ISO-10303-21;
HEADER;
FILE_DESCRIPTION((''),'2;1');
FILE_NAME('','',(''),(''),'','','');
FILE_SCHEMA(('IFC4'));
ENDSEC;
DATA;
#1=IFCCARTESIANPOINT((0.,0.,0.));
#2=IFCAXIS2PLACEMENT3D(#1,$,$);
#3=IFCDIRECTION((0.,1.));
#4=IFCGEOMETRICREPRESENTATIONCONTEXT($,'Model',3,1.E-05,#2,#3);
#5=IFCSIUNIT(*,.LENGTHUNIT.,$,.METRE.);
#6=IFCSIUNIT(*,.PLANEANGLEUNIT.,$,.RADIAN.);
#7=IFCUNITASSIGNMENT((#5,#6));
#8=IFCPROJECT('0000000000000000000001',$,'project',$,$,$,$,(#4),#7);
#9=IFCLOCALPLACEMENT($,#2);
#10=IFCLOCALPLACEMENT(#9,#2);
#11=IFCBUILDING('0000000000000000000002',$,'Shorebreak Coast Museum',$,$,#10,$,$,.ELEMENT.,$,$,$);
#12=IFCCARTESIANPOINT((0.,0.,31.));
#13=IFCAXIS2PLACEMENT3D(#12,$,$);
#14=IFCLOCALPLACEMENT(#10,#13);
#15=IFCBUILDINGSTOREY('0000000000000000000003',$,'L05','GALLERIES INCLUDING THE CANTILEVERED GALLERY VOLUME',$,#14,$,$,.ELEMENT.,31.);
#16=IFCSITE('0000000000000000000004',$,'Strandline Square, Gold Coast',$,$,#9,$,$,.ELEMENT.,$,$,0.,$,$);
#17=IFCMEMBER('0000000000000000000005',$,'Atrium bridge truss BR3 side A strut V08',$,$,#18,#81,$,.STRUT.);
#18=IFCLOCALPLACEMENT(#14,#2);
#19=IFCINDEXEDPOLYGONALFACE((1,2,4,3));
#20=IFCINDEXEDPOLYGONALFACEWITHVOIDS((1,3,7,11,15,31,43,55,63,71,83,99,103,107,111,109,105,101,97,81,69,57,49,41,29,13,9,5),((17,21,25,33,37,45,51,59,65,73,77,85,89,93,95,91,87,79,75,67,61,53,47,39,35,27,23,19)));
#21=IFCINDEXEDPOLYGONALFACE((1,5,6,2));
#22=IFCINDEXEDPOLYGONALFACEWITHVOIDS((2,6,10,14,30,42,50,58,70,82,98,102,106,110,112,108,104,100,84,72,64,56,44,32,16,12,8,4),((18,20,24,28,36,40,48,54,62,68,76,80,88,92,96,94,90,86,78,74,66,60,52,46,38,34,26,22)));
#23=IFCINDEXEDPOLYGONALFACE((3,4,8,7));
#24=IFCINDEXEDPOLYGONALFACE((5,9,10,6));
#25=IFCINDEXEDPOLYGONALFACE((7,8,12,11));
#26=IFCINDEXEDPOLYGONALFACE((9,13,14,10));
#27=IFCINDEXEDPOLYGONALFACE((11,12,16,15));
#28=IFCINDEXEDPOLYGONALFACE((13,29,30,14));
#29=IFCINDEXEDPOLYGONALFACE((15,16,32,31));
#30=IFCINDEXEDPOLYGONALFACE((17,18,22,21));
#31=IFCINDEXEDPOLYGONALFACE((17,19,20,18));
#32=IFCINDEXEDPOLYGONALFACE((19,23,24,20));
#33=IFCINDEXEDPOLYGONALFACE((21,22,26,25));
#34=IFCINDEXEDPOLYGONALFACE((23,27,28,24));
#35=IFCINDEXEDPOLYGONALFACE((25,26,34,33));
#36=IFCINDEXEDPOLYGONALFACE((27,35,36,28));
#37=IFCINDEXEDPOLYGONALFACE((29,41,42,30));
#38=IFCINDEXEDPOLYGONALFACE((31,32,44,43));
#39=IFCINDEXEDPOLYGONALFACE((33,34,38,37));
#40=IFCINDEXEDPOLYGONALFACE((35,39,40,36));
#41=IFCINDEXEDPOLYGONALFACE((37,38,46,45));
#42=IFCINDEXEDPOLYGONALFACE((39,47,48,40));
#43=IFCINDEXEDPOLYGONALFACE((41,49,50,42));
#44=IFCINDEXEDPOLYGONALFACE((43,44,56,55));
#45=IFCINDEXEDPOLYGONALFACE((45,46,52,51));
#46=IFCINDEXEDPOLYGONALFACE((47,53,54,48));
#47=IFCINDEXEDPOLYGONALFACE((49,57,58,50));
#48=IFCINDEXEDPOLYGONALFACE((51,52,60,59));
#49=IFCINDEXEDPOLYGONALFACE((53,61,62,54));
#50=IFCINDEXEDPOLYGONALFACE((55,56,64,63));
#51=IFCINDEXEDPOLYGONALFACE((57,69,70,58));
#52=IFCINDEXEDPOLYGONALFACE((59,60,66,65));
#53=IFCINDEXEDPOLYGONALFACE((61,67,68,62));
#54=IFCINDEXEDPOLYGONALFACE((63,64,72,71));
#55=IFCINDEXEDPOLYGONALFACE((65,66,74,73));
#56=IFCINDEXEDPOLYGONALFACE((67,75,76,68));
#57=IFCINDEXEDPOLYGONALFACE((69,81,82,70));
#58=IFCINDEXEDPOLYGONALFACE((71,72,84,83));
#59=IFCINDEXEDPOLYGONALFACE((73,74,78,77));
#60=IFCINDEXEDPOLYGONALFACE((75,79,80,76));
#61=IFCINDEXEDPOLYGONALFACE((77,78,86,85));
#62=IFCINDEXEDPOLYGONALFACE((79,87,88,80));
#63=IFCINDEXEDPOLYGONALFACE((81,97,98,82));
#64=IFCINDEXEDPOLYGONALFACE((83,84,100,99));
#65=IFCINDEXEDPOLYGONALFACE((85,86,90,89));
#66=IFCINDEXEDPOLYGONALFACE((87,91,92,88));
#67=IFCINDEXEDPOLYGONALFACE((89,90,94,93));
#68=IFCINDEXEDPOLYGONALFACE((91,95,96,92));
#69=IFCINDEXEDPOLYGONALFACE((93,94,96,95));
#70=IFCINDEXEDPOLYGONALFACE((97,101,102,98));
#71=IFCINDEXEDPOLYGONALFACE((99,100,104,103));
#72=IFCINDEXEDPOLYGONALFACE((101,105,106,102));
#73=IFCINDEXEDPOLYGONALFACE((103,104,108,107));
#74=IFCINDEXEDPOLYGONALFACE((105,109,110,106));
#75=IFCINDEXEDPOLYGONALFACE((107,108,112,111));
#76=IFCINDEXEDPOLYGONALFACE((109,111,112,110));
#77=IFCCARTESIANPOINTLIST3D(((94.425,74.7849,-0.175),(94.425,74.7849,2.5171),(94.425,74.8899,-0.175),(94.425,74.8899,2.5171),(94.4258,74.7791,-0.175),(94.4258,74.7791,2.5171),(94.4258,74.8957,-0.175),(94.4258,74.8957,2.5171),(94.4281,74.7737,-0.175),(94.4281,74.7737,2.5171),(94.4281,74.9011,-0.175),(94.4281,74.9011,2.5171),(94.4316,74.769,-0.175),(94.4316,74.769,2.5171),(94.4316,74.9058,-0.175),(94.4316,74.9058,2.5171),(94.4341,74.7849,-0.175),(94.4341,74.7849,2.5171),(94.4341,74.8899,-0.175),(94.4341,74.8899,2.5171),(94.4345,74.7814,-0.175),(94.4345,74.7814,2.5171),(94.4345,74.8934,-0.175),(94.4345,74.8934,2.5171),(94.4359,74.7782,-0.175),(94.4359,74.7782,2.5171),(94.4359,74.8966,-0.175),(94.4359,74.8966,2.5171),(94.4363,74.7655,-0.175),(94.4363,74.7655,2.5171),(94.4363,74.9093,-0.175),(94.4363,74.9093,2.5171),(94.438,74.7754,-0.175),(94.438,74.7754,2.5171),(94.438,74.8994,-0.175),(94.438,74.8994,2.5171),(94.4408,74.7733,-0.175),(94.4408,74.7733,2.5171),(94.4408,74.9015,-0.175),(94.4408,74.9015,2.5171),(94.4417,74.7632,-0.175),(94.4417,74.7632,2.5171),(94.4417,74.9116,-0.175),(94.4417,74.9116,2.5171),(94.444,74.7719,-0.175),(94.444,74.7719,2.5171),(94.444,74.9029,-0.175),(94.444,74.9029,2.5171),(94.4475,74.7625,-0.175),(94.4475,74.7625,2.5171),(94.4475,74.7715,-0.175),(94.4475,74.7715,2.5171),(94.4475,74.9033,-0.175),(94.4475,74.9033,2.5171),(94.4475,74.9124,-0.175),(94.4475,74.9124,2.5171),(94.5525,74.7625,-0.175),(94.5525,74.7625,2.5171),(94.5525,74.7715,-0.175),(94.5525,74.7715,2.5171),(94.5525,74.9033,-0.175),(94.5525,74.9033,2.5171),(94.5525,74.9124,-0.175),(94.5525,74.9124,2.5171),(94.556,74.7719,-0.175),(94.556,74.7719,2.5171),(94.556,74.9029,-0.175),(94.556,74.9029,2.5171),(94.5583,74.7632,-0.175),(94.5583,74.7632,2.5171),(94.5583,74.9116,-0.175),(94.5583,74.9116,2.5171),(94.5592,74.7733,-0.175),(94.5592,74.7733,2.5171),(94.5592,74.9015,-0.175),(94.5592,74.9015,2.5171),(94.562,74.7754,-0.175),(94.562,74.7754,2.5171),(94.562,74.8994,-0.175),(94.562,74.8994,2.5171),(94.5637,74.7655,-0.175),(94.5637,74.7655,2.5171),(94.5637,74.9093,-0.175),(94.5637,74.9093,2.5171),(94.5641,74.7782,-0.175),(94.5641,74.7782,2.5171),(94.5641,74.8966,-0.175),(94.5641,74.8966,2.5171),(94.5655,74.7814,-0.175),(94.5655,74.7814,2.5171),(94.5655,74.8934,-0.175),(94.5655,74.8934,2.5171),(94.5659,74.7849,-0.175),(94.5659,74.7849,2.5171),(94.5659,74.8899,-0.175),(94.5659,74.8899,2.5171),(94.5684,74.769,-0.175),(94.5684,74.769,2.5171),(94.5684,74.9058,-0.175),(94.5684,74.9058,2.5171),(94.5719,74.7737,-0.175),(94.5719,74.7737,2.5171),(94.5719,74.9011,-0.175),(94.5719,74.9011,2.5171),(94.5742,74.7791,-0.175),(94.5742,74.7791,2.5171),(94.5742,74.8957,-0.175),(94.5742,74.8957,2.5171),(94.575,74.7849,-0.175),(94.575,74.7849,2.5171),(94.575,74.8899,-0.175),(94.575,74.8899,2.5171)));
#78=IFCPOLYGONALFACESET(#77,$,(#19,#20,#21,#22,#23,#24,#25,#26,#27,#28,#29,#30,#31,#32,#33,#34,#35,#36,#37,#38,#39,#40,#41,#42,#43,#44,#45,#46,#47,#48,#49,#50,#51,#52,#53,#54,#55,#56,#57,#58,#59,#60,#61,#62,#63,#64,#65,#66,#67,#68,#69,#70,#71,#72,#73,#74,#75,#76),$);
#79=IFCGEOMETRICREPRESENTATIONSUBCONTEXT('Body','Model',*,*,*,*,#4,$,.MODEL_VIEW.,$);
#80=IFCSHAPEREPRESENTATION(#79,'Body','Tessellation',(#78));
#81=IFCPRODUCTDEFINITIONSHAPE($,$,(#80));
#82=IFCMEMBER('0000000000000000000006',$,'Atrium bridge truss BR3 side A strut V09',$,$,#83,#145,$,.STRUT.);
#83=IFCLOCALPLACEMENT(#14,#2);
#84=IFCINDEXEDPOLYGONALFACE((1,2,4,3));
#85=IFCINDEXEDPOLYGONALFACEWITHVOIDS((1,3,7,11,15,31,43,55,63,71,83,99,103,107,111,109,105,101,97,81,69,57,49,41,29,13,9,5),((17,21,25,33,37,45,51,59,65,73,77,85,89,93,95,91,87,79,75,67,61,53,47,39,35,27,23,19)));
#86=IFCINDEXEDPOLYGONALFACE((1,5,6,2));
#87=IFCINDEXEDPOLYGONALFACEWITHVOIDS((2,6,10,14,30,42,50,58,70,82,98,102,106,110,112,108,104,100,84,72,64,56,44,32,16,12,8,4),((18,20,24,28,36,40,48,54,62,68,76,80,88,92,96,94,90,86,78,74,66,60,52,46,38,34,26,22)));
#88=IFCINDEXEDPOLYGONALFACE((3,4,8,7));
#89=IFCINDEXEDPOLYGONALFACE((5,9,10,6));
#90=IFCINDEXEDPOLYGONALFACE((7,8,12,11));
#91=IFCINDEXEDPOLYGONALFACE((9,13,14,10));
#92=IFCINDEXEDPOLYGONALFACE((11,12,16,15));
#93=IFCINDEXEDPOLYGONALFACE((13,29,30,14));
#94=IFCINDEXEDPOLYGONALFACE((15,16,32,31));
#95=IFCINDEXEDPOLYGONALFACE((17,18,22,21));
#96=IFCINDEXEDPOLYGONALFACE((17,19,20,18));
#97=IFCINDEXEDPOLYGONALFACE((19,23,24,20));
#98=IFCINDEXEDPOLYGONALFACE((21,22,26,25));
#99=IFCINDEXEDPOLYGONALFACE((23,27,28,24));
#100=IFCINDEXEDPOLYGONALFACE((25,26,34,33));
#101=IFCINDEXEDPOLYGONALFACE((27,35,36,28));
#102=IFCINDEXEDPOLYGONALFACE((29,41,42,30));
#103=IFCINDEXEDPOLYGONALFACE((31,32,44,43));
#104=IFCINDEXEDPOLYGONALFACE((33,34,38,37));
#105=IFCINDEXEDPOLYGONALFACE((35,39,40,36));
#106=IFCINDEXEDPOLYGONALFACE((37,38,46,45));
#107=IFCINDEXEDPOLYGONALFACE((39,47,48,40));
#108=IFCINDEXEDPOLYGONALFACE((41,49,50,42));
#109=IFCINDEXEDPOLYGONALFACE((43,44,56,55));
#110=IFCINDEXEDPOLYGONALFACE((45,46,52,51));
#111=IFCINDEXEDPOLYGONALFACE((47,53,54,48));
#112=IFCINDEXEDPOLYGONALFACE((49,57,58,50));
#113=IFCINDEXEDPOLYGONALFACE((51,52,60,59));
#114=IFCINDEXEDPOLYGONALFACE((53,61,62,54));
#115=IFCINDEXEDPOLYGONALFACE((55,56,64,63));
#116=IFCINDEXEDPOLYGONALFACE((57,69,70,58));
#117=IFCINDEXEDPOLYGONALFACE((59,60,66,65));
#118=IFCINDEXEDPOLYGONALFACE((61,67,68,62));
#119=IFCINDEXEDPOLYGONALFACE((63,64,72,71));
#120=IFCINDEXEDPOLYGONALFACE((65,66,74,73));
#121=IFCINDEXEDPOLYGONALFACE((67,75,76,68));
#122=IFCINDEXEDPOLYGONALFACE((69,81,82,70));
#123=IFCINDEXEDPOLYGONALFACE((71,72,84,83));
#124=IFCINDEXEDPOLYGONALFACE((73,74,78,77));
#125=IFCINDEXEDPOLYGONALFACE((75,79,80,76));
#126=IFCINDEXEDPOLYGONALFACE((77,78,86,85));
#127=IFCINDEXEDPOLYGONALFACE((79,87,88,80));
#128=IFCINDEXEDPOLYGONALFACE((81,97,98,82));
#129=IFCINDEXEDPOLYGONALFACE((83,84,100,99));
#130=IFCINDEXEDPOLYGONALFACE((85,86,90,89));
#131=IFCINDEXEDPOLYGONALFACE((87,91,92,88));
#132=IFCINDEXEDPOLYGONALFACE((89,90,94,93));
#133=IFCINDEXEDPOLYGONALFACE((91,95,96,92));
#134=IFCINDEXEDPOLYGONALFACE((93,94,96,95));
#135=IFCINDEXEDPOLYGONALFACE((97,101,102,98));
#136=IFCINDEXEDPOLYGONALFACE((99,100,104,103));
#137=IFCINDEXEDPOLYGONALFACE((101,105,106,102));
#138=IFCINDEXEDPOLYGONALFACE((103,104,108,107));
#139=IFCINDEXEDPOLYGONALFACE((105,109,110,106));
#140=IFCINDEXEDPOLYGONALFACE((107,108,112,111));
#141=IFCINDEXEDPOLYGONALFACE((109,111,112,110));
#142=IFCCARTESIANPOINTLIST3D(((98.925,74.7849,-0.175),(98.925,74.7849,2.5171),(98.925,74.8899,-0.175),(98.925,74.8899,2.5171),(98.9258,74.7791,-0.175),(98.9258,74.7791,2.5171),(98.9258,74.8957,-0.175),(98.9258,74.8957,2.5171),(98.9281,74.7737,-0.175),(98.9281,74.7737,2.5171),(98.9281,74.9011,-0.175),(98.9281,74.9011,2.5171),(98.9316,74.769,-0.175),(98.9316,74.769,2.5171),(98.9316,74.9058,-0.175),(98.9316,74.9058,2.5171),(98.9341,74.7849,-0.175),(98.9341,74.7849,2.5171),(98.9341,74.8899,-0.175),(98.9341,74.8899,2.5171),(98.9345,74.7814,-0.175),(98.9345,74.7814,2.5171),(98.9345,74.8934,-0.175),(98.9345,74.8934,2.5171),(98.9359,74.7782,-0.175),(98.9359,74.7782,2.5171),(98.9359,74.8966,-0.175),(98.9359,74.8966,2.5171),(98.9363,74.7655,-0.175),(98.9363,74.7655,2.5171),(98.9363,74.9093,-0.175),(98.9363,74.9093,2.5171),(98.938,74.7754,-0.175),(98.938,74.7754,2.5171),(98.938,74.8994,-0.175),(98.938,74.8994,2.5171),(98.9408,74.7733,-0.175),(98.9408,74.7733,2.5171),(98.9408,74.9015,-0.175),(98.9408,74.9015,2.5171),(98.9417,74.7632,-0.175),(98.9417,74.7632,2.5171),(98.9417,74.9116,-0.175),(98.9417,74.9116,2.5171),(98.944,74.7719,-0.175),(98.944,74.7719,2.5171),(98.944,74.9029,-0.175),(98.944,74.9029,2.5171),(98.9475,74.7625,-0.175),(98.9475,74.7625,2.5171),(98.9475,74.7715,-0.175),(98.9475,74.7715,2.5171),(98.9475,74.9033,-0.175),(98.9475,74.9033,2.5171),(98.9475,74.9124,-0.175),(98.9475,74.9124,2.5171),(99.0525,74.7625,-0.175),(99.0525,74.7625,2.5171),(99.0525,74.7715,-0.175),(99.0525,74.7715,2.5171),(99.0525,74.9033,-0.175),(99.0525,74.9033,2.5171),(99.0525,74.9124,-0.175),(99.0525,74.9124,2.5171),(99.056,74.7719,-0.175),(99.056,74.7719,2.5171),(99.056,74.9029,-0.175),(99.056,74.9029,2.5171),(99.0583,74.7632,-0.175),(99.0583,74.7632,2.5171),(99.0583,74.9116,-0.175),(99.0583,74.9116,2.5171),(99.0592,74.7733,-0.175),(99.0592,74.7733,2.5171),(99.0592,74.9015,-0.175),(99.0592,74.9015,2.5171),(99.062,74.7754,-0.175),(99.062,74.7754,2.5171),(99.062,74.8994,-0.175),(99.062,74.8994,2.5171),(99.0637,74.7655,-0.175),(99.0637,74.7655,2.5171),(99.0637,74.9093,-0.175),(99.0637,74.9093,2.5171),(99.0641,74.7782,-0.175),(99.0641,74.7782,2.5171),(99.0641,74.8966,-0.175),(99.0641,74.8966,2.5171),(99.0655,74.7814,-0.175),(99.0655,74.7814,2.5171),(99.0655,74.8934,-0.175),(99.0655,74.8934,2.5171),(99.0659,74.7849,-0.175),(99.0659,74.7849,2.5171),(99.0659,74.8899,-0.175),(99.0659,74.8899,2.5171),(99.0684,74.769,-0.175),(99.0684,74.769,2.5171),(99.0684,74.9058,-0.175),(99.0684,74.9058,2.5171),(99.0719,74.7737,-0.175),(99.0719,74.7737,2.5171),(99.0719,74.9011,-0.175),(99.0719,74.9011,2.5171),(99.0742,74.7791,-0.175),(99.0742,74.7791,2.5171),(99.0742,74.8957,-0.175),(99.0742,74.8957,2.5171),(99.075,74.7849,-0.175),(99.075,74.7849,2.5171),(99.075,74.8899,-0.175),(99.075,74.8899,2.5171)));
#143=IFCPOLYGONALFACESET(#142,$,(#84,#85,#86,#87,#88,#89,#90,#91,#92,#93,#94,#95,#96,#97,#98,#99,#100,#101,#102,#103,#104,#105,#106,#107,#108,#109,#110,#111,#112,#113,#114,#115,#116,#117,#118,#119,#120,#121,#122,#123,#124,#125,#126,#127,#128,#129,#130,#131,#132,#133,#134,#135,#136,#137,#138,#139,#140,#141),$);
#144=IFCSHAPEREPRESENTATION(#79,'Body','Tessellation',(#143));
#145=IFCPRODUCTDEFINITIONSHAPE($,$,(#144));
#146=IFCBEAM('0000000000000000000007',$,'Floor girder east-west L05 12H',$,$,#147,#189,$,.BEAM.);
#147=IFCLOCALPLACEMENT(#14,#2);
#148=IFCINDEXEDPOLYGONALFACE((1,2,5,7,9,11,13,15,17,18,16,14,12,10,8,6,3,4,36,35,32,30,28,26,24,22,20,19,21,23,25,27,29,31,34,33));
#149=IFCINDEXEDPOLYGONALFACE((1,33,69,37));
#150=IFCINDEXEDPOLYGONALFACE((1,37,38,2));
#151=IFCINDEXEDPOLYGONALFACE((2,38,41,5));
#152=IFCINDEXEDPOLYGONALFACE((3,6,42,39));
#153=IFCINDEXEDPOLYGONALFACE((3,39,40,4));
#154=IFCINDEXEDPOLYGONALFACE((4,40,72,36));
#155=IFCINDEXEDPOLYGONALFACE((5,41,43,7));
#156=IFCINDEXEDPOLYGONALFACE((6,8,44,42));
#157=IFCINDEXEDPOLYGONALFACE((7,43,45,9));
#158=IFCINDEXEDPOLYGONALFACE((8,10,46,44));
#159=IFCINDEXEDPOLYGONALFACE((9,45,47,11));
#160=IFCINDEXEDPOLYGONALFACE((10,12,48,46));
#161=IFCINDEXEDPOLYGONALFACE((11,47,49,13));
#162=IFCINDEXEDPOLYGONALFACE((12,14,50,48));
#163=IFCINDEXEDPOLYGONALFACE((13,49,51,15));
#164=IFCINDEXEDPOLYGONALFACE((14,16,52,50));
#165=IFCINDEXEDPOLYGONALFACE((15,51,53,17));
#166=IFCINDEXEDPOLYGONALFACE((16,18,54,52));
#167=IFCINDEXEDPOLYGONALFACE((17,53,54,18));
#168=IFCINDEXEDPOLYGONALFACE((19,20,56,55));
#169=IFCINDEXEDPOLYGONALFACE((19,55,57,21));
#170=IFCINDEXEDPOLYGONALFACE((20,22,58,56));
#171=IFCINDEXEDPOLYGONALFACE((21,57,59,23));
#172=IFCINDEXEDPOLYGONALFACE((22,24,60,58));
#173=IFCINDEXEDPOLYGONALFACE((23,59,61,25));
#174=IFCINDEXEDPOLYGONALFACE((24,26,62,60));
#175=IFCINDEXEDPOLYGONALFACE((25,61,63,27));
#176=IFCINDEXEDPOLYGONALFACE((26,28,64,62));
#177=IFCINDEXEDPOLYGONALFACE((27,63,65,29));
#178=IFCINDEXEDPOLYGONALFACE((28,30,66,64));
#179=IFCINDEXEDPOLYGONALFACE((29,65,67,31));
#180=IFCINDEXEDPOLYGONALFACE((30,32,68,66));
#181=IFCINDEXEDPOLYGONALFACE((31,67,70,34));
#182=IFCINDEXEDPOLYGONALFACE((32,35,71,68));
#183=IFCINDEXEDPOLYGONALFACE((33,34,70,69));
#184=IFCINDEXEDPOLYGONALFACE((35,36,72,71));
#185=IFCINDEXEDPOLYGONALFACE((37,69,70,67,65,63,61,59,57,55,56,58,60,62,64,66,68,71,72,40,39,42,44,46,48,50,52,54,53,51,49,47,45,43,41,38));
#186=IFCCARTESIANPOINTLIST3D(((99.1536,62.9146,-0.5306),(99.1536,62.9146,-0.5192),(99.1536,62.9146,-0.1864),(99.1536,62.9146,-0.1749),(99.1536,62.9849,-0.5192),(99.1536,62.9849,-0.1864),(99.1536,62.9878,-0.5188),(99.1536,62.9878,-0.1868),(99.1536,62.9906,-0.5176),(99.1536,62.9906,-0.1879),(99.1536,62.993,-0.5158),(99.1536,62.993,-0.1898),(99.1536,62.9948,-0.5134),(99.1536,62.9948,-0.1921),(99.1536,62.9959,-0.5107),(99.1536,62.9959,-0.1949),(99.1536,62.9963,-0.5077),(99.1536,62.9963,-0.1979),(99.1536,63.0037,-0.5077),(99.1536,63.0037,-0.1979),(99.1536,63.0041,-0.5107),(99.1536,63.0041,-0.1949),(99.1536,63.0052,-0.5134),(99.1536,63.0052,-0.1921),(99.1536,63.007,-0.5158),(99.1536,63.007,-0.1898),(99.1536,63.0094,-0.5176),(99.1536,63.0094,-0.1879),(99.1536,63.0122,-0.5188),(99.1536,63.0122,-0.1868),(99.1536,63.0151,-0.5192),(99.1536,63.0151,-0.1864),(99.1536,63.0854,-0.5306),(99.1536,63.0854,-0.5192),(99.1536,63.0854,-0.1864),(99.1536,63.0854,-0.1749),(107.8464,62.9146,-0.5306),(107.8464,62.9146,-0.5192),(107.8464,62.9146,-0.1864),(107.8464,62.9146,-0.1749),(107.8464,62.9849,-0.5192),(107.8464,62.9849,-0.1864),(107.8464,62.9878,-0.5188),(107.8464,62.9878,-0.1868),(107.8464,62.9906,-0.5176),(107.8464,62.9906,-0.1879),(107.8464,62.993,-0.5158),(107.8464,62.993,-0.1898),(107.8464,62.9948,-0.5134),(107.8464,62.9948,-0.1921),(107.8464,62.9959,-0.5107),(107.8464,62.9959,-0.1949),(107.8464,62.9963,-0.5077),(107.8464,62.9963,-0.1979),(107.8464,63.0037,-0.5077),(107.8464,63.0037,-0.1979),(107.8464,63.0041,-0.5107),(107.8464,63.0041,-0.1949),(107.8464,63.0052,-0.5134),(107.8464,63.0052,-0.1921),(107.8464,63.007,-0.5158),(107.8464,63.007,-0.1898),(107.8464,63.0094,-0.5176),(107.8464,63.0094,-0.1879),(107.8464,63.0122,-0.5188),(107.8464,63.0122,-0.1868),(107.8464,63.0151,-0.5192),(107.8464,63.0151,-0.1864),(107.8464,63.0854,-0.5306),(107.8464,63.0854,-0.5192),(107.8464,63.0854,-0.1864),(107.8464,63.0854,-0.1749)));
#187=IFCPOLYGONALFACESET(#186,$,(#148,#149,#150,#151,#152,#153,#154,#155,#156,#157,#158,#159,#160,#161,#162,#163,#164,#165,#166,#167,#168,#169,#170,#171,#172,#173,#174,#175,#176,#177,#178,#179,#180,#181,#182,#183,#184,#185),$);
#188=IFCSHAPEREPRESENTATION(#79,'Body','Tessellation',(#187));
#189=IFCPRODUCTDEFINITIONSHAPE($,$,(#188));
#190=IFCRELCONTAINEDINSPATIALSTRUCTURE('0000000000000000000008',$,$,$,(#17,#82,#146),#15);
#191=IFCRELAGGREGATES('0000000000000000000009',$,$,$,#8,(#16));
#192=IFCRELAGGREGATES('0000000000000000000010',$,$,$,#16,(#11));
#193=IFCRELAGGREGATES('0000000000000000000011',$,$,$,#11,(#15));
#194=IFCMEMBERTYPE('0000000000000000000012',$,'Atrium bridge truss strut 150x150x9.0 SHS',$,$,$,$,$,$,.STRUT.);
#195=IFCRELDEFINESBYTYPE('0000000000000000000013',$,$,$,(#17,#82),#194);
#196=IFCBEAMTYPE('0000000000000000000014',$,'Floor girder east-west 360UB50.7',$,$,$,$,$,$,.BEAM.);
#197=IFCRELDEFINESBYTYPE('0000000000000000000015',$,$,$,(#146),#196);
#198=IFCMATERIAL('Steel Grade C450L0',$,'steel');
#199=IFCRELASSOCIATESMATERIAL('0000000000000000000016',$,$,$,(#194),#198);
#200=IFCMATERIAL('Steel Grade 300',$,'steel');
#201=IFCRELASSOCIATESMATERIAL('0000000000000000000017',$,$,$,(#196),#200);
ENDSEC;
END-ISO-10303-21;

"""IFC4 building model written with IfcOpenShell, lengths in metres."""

from ifc_helpers import new_model, si_unit, direction, frame, origin, origin_2d, place, context, subcontext, project, spatial, hollow_rectangle, i_section, extrude, material, material_profile, profile_set, type_object, element, save


model = new_model("IFC4")

# Units and contexts
model_context = context("Model", 3, precision=1e-05, world=origin(), true_north=direction((0.0, 1.0)))
body_context = subcontext(model_context, "Body", "Model", "MODEL_VIEW")
ifc_project = project(units=[si_unit("LENGTHUNIT", "METRE"), si_unit("PLANEANGLEUNIT", "RADIAN")], contexts=[model_context])

# Site, building, storey
site_placement = place(None, origin())
site = spatial("IfcSite", under=ifc_project, at=site_placement, Name="Strandline Square, Gold Coast", CompositionType="ELEMENT", RefElevation=0.0)
building_placement = place(site_placement, origin())
building = spatial("IfcBuilding", under=site, at=building_placement, Name="Shorebreak Coast Museum", CompositionType="ELEMENT")
storey_placement = place(building_placement, frame((0.0, 0.0, 31.0)))
storey = spatial("IfcBuildingStorey", under=building, at=storey_placement, Name="L05", Description="GALLERIES INCLUDING THE CANTILEVERED GALLERY VOLUME", CompositionType="ELEMENT", Elevation=31.0)

# Members
ifc_material_1 = material(Name="Steel Grade C450L0", Category="steel")
ifc_material_profile_1 = material_profile(ifc_material_1, hollow_rectangle(XDim=0.1499, YDim=0.1499, WallThickness=0.009, InnerFilletRadius=0.0134, OuterFilletRadius=0.0225, at=origin_2d()), Name="150x150x9.0 SHS")
ifc_profile_set_1 = profile_set([ifc_material_profile_1], Name="Steel Grade C450L0")
member_type_1 = type_object("IfcMemberType", Name="Atrium bridge truss strut 150x150x9.0 SHS", PredefinedType="STRUT", material=ifc_profile_set_1)
for number, where, z_axis, x_axis, name in (
    (1, (94.5, 74.8374, -0.175), (0.0, 0.0, 1.0), (1.0, 0.0, 0.0), "Atrium bridge truss BR3 side A strut V08"),
    (2, (99.0, 74.8374, -0.175), (0.0, 0.0, 1.0), (1.0, 0.0, 0.0), "Atrium bridge truss BR3 side A strut V09"),
):
    element("IfcMember", number, at=place(storey_placement, frame(where, z_axis=z_axis, x_axis=x_axis)), inside=storey, type_object=member_type_1, Name=name, PredefinedType="STRUT", context=body_context, shape_type="SweptSolid", body=[
        extrude(hollow_rectangle(XDim=0.1499, YDim=0.1499, WallThickness=0.009, InnerFilletRadius=0.0134, OuterFilletRadius=0.0225, at=origin_2d()), origin(), (0.0, 0.0, 1.0), 2.6921),
    ])

# Beam
ifc_material_2 = material(Name="Steel Grade 300", Category="steel")
ifc_material_profile_2 = material_profile(ifc_material_2, i_section(OverallWidth=0.1709, OverallDepth=0.3557, WebThickness=0.0073, FlangeThickness=0.0115, FilletRadius=0.0115, at=origin_2d()), Name="360UB50.7")
ifc_profile_set_2 = profile_set([ifc_material_profile_2], Name="Steel Grade 300")
beam_type_1 = type_object("IfcBeamType", Name="Floor girder east-west 360UB50.7", PredefinedType="BEAM", material=ifc_profile_set_2)
beam_placement = place(storey_placement, frame((99.1536, 63.0, -0.3528), z_axis=(1.0, 0.0, 0.0), x_axis=(0.0, 1.0, 0.0)))
element("IfcBeam", 3, at=beam_placement, inside=storey, type_object=beam_type_1, Name="Floor girder east-west L05 12H", PredefinedType="BEAM", context=body_context, shape_type="SweptSolid", body=[
    extrude(i_section(OverallWidth=0.1709, OverallDepth=0.3557, WebThickness=0.0073, FlangeThickness=0.0115, FilletRadius=0.0115, at=origin_2d()), origin(), (0.0, 0.0, 1.0), 8.6929),
])

save(model, "model.ifc")
